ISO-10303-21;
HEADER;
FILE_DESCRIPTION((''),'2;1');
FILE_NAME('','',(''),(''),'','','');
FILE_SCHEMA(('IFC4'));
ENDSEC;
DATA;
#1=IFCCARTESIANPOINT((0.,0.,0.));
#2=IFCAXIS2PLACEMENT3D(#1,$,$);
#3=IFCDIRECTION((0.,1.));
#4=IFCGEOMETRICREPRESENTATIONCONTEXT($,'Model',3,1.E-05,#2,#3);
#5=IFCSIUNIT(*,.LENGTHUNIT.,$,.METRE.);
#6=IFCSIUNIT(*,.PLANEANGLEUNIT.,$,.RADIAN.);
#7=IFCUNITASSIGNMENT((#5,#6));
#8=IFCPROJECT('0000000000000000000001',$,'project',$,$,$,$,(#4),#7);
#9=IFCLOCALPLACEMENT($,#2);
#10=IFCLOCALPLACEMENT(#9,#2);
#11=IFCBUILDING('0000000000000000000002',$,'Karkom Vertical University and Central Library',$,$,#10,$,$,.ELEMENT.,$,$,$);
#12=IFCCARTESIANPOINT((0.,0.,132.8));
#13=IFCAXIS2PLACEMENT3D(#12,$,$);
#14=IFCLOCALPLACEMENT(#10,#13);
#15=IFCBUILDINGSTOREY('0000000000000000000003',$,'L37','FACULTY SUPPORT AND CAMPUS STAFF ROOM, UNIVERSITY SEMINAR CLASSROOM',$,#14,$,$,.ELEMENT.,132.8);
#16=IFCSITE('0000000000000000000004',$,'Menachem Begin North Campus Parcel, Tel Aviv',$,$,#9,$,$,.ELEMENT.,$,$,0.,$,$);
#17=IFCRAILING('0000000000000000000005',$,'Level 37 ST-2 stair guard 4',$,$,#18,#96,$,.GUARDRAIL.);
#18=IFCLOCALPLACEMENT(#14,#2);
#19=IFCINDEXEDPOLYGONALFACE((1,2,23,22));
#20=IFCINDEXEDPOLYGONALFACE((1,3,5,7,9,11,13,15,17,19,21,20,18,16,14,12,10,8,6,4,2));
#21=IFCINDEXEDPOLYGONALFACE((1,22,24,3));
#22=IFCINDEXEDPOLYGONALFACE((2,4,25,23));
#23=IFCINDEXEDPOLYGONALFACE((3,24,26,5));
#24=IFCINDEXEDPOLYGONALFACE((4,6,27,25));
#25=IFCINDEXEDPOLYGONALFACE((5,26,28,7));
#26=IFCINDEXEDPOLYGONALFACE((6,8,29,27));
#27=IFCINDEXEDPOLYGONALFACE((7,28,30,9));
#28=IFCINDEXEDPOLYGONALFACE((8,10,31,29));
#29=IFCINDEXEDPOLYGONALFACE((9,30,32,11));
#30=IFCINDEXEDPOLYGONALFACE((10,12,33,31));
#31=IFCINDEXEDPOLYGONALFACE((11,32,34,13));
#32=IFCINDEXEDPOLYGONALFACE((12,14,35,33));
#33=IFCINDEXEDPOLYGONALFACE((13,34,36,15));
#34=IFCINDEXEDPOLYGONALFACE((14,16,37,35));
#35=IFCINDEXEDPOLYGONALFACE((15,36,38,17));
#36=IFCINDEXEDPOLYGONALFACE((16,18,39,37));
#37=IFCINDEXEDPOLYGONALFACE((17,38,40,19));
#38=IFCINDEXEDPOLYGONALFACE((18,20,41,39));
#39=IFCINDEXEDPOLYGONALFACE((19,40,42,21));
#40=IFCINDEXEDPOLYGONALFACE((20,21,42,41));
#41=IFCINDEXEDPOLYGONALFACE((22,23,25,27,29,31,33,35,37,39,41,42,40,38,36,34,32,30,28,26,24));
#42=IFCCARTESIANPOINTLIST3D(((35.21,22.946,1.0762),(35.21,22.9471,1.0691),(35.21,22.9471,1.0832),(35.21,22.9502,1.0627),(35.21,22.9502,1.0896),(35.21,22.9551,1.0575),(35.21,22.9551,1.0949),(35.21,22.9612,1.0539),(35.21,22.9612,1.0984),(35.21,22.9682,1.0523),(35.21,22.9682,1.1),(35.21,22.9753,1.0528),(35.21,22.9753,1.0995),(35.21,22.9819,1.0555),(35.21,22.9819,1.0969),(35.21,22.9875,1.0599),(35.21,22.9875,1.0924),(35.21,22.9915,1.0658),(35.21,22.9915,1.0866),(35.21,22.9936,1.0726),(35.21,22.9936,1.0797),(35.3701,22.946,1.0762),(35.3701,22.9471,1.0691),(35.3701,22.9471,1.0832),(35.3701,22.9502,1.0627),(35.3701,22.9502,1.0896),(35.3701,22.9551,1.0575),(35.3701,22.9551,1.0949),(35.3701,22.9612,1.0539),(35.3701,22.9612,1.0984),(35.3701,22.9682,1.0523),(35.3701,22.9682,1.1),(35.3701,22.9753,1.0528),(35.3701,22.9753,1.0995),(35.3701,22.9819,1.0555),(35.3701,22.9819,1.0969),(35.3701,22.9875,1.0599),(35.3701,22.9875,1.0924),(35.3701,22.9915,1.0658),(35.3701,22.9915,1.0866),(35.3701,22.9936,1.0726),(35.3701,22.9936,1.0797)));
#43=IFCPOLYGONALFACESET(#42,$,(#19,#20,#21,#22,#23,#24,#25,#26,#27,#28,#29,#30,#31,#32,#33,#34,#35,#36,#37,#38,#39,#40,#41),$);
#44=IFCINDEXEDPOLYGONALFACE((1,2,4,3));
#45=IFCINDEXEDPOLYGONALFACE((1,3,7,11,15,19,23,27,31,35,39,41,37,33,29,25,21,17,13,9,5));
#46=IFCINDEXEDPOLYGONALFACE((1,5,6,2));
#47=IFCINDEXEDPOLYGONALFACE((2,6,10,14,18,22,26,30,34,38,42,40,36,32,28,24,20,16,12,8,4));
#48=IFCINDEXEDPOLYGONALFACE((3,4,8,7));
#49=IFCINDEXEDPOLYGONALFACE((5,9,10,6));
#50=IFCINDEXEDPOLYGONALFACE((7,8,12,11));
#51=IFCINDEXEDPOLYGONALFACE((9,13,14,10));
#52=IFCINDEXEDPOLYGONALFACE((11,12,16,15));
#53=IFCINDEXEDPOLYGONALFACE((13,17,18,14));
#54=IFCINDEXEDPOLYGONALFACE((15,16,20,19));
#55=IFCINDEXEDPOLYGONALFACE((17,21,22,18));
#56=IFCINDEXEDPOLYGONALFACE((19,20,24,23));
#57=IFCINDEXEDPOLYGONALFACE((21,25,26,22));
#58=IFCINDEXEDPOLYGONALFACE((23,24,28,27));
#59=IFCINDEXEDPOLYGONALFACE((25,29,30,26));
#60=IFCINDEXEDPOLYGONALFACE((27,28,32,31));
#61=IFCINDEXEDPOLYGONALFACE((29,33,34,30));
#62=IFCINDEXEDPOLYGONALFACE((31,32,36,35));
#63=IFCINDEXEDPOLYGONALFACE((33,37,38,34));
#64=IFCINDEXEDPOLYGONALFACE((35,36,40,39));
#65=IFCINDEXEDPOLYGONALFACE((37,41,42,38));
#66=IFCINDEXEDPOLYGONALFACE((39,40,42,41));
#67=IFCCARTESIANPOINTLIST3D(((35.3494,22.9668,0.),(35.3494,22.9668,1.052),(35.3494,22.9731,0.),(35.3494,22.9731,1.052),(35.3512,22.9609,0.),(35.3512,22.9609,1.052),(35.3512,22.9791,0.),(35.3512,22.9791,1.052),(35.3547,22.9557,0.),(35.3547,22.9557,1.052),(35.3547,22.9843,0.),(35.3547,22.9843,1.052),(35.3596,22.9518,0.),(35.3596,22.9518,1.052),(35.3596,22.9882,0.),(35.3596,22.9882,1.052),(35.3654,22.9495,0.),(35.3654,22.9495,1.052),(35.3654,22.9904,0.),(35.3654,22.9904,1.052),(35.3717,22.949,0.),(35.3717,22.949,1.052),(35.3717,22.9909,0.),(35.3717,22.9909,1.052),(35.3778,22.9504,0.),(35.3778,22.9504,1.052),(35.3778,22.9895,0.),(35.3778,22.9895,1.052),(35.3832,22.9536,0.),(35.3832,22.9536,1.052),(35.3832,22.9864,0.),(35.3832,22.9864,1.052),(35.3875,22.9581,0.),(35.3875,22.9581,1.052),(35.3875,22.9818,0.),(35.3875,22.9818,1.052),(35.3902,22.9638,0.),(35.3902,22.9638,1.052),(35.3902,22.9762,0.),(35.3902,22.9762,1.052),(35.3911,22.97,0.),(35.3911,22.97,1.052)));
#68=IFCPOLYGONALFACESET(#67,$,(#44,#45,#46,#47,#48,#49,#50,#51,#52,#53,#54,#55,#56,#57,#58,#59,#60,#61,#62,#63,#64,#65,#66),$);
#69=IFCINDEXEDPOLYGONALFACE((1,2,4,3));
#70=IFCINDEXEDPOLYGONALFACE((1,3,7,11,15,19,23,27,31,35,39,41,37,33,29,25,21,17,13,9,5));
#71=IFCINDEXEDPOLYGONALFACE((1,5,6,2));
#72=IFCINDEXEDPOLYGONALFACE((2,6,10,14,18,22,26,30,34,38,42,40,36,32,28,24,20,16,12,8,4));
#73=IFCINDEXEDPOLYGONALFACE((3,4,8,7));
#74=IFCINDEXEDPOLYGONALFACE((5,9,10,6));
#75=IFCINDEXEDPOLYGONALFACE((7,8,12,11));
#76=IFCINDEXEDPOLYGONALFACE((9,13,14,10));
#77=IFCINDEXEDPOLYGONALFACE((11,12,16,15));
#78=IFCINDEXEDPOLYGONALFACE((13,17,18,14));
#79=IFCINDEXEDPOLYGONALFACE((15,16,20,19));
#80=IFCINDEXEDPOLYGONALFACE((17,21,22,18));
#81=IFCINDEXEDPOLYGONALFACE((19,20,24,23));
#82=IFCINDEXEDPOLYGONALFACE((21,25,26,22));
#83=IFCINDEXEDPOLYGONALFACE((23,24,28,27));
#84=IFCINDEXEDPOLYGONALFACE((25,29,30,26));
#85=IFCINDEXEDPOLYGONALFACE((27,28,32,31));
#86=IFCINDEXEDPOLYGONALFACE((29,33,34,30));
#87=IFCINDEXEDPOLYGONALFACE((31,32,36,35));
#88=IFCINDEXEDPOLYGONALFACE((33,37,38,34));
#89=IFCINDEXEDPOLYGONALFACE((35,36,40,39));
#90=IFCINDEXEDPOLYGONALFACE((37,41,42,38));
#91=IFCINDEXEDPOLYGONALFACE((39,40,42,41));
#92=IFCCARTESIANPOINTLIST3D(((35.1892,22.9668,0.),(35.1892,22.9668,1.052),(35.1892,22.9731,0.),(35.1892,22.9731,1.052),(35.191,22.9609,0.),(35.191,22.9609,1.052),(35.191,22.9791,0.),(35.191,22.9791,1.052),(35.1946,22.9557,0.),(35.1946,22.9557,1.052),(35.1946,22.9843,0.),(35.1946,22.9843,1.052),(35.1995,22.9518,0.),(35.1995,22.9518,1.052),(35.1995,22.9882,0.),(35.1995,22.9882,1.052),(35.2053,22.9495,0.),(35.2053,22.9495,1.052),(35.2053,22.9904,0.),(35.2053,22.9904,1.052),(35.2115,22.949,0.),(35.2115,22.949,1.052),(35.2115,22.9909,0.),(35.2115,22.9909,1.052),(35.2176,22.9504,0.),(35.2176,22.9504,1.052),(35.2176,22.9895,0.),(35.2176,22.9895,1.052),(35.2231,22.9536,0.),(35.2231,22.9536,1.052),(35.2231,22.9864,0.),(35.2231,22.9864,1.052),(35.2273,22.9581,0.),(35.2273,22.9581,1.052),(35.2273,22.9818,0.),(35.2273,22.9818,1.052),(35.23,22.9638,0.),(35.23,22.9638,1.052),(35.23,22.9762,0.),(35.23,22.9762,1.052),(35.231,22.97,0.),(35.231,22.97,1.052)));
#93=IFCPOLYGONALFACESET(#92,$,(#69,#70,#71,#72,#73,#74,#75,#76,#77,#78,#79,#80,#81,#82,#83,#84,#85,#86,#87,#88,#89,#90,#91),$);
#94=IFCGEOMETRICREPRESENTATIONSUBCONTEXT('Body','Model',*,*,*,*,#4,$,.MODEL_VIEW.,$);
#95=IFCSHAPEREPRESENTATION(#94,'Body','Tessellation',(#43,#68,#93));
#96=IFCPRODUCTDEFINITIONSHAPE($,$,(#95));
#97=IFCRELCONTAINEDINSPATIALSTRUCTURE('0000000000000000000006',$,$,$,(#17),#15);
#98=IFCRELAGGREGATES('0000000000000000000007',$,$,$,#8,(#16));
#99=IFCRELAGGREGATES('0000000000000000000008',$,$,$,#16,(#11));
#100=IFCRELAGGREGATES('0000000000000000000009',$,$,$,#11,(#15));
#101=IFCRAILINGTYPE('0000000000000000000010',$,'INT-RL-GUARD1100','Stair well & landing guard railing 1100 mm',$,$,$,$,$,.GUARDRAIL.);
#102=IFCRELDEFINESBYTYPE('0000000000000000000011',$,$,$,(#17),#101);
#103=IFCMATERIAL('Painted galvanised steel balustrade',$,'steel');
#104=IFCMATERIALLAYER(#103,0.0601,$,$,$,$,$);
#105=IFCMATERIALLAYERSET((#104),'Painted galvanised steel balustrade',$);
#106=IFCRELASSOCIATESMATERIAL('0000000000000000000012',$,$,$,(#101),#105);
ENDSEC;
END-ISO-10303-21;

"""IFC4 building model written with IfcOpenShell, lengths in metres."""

from ifc_helpers import new_model, si_unit, direction, frame, origin, origin_2d, place, context, subcontext, project, spatial, circle, extrude, material, layer, layer_set, type_object, element, save


model = new_model("IFC4")

# Units and contexts
model_context = context("Model", 3, precision=1e-05, world=origin(), true_north=direction((0.0, 1.0)))
body_context = subcontext(model_context, "Body", "Model", "MODEL_VIEW")
ifc_project = project(units=[si_unit("LENGTHUNIT", "METRE"), si_unit("PLANEANGLEUNIT", "RADIAN")], contexts=[model_context])

# Site, building, storey
site_placement = place(None, origin())
site = spatial("IfcSite", under=ifc_project, at=site_placement, Name="Menachem Begin North Campus Parcel, Tel Aviv", CompositionType="ELEMENT", RefElevation=0.0)
building_placement = place(site_placement, origin())
building = spatial("IfcBuilding", under=site, at=building_placement, Name="Karkom Vertical University and Central Library", CompositionType="ELEMENT")
storey_placement = place(building_placement, frame((0.0, 0.0, 132.8)))
storey = spatial("IfcBuildingStorey", under=building, at=storey_placement, Name="L37", Description="FACULTY SUPPORT AND CAMPUS STAFF ROOM, UNIVERSITY SEMINAR CLASSROOM", CompositionType="ELEMENT", Elevation=132.8)

# Railing
ifc_material_1 = material(Name="Painted galvanised steel balustrade", Category="steel")
ifc_layer_1 = layer(ifc_material_1, 0.0601)
ifc_layer_set_1 = layer_set([ifc_layer_1], Name="Painted galvanised steel balustrade")
railing_type_1 = type_object("IfcRailingType", Name="INT-RL-GUARD1100", Description="Stair well & landing guard railing 1100 mm", PredefinedType="GUARDRAIL", material=ifc_layer_set_1)
railing_1_placement = place(storey_placement, frame((35.3701, 22.97, 0.0)))
element("IfcRailing", 1, at=railing_1_placement, inside=storey, type_object=railing_type_1, Name="Level 37 ST-2 stair guard 4", PredefinedType="GUARDRAIL", context=body_context, shape_type="SweptSolid", body=[
    extrude(circle(Radius=0.0239, at=origin_2d()), frame((0.0, 0.0, 1.0762), z_axis=(-1.0, 0.0, 0.0), x_axis=(0.0, -1.0, 0.0)), (0.0, 0.0, 1.0), 0.1602),
    extrude(circle(Radius=0.021, at=origin_2d()), origin(), (0.0, 0.0, 1.0), 1.052),
    extrude(circle(Radius=0.021, at=origin_2d()), frame((-0.1602, 0.0, 0.0)), (0.0, 0.0, 1.0), 1.052),
])

save(model, "model.ifc")
